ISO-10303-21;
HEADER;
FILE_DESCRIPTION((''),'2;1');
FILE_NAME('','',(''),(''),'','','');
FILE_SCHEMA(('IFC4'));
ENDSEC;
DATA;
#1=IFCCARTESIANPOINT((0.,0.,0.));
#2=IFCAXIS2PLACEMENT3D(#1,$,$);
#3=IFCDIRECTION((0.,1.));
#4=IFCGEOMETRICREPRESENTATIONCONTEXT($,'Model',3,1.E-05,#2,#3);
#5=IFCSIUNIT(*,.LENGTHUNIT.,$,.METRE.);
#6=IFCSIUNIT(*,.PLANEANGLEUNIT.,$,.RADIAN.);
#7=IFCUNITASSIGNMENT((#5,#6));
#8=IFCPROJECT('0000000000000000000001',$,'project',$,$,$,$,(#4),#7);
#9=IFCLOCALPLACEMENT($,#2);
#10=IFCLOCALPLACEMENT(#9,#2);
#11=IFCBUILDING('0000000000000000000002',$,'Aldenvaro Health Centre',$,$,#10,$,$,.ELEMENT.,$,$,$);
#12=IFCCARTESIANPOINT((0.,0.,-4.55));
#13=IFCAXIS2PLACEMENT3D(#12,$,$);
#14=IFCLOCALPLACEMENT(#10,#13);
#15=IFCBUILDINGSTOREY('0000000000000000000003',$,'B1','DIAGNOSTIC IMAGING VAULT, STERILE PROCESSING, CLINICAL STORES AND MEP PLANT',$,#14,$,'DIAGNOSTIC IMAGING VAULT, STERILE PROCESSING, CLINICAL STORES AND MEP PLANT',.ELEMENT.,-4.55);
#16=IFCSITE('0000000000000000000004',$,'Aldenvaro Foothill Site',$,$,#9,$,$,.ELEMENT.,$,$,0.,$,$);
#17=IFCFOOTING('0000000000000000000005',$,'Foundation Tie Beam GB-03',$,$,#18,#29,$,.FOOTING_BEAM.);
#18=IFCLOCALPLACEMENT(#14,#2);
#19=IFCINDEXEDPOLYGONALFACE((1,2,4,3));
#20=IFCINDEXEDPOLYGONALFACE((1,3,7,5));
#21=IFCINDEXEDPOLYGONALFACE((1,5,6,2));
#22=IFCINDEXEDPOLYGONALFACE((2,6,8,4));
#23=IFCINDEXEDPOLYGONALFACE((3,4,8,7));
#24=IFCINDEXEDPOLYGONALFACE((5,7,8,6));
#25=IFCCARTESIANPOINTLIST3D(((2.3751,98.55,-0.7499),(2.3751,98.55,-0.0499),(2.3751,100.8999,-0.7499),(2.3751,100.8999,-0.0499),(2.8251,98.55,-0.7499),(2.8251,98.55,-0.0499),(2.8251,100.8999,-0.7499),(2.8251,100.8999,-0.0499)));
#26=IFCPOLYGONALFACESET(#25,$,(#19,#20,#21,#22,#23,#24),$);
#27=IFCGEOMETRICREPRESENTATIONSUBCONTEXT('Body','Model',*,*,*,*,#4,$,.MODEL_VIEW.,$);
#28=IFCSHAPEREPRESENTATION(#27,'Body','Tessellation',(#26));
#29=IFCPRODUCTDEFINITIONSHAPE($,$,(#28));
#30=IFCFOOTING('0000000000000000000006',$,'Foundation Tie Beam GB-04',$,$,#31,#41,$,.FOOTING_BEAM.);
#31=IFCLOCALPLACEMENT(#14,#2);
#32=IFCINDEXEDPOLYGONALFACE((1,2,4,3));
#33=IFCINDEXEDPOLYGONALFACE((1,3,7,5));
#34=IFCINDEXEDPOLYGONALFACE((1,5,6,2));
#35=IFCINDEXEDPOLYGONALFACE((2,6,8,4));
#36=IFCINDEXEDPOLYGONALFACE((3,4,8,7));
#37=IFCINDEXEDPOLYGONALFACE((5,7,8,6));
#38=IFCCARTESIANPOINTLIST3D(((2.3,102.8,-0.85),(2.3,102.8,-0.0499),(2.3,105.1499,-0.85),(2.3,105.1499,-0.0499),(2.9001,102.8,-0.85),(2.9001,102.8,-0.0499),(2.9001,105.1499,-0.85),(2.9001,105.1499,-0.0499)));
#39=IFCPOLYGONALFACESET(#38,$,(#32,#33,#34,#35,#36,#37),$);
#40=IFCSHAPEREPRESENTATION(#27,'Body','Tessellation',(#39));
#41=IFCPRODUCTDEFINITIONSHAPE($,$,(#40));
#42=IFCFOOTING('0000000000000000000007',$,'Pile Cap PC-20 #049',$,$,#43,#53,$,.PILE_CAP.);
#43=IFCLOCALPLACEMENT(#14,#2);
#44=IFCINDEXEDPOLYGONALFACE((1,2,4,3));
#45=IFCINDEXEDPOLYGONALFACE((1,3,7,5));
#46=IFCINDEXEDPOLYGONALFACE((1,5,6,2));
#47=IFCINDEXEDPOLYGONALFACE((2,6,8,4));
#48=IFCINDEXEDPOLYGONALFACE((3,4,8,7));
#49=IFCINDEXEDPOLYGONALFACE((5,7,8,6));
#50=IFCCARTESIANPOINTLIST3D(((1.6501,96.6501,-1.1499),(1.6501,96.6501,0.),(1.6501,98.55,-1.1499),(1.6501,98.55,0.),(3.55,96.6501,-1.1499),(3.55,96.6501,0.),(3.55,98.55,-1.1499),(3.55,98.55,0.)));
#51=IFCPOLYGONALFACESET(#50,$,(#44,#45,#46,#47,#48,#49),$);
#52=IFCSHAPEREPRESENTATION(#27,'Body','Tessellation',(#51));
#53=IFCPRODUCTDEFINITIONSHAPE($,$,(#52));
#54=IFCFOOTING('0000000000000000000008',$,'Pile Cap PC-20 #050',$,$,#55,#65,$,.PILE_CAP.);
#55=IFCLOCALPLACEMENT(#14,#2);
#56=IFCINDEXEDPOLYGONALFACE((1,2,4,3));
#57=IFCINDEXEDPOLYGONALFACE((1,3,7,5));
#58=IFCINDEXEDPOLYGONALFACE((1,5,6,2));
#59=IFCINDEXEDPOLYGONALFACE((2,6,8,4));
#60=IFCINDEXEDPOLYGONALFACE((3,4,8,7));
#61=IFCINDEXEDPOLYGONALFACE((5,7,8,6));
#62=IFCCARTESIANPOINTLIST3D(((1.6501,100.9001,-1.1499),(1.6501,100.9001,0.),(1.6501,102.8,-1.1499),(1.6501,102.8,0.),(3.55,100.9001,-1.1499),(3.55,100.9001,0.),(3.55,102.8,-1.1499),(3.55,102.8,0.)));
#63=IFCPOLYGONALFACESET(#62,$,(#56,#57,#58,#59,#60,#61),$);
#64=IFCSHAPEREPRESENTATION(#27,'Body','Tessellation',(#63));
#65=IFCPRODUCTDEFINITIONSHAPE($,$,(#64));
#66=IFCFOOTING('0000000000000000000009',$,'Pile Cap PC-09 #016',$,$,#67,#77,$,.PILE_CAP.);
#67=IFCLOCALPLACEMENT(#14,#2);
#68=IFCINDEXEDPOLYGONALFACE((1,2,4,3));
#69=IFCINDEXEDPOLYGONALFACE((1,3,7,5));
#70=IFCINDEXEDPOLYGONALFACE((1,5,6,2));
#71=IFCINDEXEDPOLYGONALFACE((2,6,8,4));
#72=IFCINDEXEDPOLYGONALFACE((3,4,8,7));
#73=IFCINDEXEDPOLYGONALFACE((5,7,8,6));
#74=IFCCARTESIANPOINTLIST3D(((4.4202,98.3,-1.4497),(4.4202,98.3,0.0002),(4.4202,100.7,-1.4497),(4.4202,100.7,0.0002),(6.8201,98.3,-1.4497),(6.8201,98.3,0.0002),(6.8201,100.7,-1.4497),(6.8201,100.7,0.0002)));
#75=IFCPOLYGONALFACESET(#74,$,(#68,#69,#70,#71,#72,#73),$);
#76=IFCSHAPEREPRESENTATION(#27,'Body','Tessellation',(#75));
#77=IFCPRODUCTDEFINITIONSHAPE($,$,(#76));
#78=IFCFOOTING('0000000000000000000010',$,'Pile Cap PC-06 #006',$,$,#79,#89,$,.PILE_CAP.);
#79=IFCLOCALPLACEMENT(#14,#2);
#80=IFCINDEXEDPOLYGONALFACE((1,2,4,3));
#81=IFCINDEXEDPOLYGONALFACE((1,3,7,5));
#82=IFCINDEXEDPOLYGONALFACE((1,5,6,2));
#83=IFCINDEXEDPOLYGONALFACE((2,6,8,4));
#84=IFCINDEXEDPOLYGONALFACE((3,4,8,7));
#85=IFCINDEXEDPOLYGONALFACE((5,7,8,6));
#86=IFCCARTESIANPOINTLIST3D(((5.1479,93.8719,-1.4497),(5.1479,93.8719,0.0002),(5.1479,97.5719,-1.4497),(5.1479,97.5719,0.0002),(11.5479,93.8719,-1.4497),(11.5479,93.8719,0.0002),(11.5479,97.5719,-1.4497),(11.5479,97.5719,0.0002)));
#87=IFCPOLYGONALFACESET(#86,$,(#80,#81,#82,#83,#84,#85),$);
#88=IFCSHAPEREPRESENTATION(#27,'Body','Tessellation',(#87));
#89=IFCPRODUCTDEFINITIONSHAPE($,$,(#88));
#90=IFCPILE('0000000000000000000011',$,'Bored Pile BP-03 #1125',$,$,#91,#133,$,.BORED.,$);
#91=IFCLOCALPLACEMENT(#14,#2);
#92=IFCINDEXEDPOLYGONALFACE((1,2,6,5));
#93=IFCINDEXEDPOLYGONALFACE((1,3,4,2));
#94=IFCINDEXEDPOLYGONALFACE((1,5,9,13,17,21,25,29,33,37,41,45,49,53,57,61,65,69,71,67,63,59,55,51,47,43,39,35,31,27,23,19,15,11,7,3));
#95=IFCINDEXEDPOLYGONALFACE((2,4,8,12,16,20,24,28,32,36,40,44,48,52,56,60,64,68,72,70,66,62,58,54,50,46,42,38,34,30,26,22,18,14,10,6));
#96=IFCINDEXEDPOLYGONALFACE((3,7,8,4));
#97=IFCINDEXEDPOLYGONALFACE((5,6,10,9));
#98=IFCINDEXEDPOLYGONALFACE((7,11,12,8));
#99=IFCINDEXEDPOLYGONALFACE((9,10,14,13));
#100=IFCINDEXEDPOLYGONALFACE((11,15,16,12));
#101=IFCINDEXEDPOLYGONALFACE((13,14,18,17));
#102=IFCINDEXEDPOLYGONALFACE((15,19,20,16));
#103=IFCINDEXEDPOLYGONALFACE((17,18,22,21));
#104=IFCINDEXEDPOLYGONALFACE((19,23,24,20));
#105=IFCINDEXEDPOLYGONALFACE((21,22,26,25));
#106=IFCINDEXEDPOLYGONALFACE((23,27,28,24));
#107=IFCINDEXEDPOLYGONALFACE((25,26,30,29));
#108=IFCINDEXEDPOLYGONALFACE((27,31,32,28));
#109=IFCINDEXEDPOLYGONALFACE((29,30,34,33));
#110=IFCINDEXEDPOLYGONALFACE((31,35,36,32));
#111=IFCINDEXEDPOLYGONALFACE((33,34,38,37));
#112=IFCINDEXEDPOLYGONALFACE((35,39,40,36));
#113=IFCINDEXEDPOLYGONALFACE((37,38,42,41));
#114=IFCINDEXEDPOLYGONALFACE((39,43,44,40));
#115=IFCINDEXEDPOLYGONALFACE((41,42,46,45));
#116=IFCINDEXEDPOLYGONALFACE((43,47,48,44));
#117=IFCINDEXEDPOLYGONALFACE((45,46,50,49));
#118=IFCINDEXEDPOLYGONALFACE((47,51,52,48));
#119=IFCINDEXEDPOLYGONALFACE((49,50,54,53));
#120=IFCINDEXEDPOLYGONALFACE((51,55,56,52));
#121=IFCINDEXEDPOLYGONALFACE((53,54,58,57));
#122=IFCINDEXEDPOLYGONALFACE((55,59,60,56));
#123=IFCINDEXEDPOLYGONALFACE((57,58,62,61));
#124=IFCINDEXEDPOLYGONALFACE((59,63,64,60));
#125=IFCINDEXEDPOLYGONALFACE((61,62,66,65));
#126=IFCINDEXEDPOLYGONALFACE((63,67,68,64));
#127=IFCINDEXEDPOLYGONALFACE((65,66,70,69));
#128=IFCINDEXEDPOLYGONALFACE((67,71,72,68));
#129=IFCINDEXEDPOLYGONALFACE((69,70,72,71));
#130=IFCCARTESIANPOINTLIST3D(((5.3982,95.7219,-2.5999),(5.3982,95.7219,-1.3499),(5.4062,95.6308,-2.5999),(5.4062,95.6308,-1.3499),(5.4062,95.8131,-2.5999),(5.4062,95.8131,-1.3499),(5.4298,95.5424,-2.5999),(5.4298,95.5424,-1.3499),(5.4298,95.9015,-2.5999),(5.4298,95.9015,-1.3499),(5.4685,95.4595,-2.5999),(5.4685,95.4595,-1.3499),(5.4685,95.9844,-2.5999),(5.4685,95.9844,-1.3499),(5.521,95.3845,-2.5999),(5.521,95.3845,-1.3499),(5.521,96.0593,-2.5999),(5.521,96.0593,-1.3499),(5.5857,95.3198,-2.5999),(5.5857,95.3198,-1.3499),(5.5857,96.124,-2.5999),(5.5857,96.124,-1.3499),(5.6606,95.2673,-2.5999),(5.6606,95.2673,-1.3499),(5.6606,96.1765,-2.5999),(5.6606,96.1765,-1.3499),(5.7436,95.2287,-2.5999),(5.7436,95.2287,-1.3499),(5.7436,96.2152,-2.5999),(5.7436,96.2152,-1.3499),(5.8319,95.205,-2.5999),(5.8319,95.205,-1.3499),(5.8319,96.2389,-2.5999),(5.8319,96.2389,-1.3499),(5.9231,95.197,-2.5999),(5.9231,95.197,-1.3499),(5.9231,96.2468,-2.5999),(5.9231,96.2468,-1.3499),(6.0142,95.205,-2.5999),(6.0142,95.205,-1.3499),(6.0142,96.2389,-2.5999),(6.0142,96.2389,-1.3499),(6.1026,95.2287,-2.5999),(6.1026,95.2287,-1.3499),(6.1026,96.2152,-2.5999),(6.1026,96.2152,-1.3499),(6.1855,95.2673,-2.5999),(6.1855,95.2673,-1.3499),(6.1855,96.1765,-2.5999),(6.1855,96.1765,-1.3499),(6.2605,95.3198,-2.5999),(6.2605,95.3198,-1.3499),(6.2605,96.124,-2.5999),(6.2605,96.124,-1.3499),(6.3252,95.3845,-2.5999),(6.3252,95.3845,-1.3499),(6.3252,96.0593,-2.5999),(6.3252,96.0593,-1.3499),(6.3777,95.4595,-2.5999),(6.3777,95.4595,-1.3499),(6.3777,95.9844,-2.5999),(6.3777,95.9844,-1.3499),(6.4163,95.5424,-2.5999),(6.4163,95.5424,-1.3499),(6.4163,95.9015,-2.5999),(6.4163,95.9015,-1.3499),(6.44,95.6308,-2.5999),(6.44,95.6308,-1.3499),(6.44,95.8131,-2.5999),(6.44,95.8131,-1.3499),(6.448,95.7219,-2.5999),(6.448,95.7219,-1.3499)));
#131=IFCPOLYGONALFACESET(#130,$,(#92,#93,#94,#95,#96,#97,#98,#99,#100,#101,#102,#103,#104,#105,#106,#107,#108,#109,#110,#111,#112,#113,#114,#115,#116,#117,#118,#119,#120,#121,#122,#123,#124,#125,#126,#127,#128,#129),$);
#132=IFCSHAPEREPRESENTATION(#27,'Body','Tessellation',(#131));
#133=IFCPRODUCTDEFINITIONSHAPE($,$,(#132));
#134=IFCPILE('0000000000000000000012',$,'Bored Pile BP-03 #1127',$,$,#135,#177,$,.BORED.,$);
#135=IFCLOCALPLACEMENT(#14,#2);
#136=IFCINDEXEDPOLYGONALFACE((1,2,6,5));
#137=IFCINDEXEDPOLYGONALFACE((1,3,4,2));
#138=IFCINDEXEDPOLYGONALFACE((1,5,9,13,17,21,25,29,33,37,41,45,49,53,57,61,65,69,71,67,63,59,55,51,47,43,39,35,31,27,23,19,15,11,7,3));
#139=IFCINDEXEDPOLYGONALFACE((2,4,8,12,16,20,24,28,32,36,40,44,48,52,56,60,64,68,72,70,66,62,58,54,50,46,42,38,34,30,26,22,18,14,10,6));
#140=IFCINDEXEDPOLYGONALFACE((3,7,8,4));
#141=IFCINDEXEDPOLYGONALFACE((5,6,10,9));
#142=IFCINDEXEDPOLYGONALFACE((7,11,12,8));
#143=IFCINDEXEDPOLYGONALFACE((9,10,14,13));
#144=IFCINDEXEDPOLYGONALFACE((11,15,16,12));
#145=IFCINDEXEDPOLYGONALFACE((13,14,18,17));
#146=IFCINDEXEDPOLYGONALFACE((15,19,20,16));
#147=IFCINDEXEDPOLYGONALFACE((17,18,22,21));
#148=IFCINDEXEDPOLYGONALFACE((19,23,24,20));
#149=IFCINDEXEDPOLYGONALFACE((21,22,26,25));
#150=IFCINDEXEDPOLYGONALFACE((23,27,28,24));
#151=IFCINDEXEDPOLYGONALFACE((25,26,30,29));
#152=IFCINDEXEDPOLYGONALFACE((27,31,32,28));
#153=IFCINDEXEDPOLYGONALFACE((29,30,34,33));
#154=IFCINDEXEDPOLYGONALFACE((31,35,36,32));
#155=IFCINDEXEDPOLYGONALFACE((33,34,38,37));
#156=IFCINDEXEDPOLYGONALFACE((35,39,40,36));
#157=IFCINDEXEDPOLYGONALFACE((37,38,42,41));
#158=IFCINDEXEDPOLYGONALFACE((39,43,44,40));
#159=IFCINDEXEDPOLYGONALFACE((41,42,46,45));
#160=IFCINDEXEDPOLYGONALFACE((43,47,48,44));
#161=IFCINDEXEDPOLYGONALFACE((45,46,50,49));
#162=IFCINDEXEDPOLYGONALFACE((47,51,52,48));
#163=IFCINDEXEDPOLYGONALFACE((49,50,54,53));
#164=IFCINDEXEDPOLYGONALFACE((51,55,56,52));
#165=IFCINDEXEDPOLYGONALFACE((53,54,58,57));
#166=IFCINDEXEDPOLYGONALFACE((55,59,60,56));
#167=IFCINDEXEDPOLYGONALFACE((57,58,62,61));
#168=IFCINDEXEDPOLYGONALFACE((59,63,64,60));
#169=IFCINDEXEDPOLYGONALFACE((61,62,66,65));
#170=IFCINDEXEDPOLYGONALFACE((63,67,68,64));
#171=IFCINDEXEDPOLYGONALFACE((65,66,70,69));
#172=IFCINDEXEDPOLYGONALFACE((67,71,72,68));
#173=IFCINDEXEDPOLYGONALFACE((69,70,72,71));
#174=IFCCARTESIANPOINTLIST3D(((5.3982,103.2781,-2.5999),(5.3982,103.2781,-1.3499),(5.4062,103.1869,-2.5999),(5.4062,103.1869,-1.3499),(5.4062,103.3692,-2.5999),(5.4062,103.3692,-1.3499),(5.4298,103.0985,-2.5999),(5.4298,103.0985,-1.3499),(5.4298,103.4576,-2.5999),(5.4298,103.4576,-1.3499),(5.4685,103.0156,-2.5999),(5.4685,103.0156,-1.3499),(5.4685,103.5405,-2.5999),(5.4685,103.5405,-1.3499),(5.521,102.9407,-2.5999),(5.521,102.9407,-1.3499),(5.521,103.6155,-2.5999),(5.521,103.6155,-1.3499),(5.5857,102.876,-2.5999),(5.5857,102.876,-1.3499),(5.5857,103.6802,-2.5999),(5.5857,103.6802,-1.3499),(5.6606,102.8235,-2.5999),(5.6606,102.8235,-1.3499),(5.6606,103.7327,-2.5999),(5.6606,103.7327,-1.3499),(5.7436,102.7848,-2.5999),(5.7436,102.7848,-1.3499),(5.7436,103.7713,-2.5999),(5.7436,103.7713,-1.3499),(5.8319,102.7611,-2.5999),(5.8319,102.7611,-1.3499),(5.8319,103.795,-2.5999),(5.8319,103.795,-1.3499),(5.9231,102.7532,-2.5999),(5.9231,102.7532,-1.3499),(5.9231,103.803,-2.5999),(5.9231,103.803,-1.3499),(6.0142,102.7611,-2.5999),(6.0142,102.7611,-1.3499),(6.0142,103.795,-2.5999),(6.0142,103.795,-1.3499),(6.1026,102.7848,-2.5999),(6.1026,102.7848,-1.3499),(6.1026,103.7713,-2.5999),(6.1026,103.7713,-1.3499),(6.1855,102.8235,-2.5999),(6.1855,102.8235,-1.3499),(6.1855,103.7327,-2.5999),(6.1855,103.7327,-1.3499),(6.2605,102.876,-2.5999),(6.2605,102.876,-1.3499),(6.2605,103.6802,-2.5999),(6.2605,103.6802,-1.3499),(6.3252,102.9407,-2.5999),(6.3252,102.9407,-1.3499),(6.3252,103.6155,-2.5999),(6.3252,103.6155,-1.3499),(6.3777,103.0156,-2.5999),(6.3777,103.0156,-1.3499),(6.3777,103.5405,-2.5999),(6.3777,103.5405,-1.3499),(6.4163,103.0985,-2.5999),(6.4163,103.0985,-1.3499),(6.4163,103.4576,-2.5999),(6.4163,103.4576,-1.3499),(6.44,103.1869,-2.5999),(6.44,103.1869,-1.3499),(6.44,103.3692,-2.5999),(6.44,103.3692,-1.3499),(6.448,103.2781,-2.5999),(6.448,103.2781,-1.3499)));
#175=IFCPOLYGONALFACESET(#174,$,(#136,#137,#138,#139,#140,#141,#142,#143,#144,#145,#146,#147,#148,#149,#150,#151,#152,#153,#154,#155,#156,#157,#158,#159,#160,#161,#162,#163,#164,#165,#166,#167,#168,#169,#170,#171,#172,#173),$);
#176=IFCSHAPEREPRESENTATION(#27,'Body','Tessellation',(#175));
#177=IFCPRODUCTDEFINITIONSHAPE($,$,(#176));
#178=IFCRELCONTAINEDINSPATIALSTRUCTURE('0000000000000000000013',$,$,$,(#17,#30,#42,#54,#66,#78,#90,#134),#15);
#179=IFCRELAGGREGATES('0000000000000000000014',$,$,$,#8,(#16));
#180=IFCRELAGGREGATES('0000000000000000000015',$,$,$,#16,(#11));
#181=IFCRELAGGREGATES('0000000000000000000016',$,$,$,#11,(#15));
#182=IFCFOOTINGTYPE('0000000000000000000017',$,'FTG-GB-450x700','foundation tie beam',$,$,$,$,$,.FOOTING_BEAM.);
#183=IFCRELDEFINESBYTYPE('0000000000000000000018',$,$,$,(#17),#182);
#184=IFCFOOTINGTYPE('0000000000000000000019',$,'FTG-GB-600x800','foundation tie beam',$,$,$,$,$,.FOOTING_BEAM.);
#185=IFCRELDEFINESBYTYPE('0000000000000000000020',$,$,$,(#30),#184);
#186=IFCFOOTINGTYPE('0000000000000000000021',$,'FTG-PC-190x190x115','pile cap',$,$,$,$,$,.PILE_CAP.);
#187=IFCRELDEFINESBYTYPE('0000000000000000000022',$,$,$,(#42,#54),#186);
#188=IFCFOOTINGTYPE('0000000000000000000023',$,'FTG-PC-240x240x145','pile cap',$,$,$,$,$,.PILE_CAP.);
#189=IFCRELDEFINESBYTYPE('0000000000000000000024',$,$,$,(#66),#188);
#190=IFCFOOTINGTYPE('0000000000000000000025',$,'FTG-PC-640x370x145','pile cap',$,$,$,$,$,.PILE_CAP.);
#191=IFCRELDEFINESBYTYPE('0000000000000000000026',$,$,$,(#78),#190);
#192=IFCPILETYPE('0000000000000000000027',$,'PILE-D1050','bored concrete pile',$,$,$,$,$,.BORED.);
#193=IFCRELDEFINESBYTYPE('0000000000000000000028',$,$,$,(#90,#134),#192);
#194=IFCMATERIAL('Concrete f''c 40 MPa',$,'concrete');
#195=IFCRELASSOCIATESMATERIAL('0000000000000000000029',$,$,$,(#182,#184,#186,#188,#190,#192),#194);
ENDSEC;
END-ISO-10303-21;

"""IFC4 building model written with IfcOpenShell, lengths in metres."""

from ifc_helpers import new_model, si_unit, direction, frame, origin, origin_2d, place, context, subcontext, project, spatial, rectangle, circle, extrude, material, material_profile, profile_set, type_object, element, save


model = new_model("IFC4")

# Units and contexts
model_context = context("Model", 3, precision=1e-05, world=origin(), true_north=direction((0.0, 1.0)))
body_context = subcontext(model_context, "Body", "Model", "MODEL_VIEW")
ifc_project = project(units=[si_unit("LENGTHUNIT", "METRE"), si_unit("PLANEANGLEUNIT", "RADIAN")], contexts=[model_context])

# Site, building, storey
site_placement = place(None, origin())
site = spatial("IfcSite", under=ifc_project, at=site_placement, Name="Aldenvaro Foothill Site", CompositionType="ELEMENT", RefElevation=0.0)
building_placement = place(site_placement, origin())
building = spatial("IfcBuilding", under=site, at=building_placement, Name="Aldenvaro Health Centre", CompositionType="ELEMENT")
storey_placement = place(building_placement, frame((0.0, 0.0, -4.55)))
storey = spatial("IfcBuildingStorey", under=building, at=storey_placement, Name="B1", Description="DIAGNOSTIC IMAGING VAULT, STERILE PROCESSING, CLINICAL STORES AND MEP PLANT", LongName="DIAGNOSTIC IMAGING VAULT, STERILE PROCESSING, CLINICAL STORES AND MEP PLANT", CompositionType="ELEMENT", Elevation=-4.55)

# Footings
ifc_material_1 = material(Name="Concrete f'c 40 MPa", Category="concrete")
ifc_material_profile_1 = material_profile(ifc_material_1, rectangle(XDim=0.45, YDim=0.7, at=origin_2d()), Name="GB 450x700", Category="concrete")
ifc_profile_set_1 = profile_set([ifc_material_profile_1], Name="Concrete f'c 40 MPa")
footing_type_1 = type_object("IfcFootingType", Name="FTG-GB-450x700", Description="foundation tie beam", PredefinedType="FOOTING_BEAM", material=ifc_profile_set_1)
footing_1_placement = place(storey_placement, frame((2.6001, 98.55, -0.3999), z_axis=(0.0, 1.0, 0.0), x_axis=(-1.0, 0.0, 0.0)))
element("IfcFooting", 1, at=footing_1_placement, inside=storey, type_object=footing_type_1, Name="Foundation Tie Beam GB-03", PredefinedType="FOOTING_BEAM", context=body_context, shape_type="SweptSolid", body=[
    extrude(rectangle(XDim=0.45, YDim=0.7, at=origin_2d()), origin(), (0.0, 0.0, 1.0), 2.3499),
])
ifc_material_profile_2 = material_profile(ifc_material_1, rectangle(XDim=0.6001, YDim=0.8, at=origin_2d()), Name="GB 600x800", Category="concrete")
ifc_profile_set_2 = profile_set([ifc_material_profile_2], Name="Concrete f'c 40 MPa")
footing_type_2 = type_object("IfcFootingType", Name="FTG-GB-600x800", Description="foundation tie beam", PredefinedType="FOOTING_BEAM", material=ifc_profile_set_2)
footing_2_placement = place(storey_placement, frame((2.6001, 102.8, -0.45), z_axis=(0.0, 1.0, 0.0), x_axis=(-1.0, 0.0, 0.0)))
element("IfcFooting", 2, at=footing_2_placement, inside=storey, type_object=footing_type_2, Name="Foundation Tie Beam GB-04", PredefinedType="FOOTING_BEAM", context=body_context, shape_type="SweptSolid", body=[
    extrude(rectangle(XDim=0.6001, YDim=0.8, at=origin_2d()), origin(), (0.0, 0.0, 1.0), 2.3499),
])
footing_type_3 = type_object("IfcFootingType", Name="FTG-PC-190x190x115", Description="pile cap", PredefinedType="PILE_CAP", material=ifc_material_1)
for number, where, z_axis, x_axis, name in (
    (3, (2.6001, 97.6001, -1.1499), (0.0, 0.0, 1.0), (1.0, 0.0, 0.0), "Pile Cap PC-20 #049"),
    (4, (2.6001, 101.8501, -1.1499), (0.0, 0.0, 1.0), (1.0, 0.0, 0.0), "Pile Cap PC-20 #050"),
):
    element("IfcFooting", number, at=place(storey_placement, frame(where, z_axis=z_axis, x_axis=x_axis)), inside=storey, type_object=footing_type_3, Name=name, PredefinedType="PILE_CAP", context=body_context, shape_type="SweptSolid", body=[
        extrude(rectangle(XDim=1.8999, YDim=1.8999, at=origin_2d()), origin(), (0.0, 0.0, 1.0), 1.1499),
    ])
footing_type_4 = type_object("IfcFootingType", Name="FTG-PC-240x240x145", Description="pile cap", PredefinedType="PILE_CAP", material=ifc_material_1)
footing_3_placement = place(storey_placement, frame((5.6201, 99.5, -1.4497), z_axis=(0.0, 0.0, 1.0), x_axis=(1.0, 0.0, 0.0)))
element("IfcFooting", 5, at=footing_3_placement, inside=storey, type_object=footing_type_4, Name="Pile Cap PC-09 #016", PredefinedType="PILE_CAP", context=body_context, shape_type="SweptSolid", body=[
    extrude(rectangle(XDim=2.3999, YDim=2.3999, at=origin_2d()), origin(), (0.0, 0.0, 1.0), 1.45),
])
footing_type_5 = type_object("IfcFootingType", Name="FTG-PC-640x370x145", Description="pile cap", PredefinedType="PILE_CAP", material=ifc_material_1)
footing_4_placement = place(storey_placement, frame((8.3479, 95.7219, -1.4497), z_axis=(0.0, 0.0, 1.0), x_axis=(1.0, 0.0, 0.0)))
element("IfcFooting", 6, at=footing_4_placement, inside=storey, type_object=footing_type_5, Name="Pile Cap PC-06 #006", PredefinedType="PILE_CAP", context=body_context, shape_type="SweptSolid", body=[
    extrude(rectangle(XDim=6.3999, YDim=3.7, at=origin_2d()), origin(), (0.0, 0.0, 1.0), 1.45),
])

# Piles
ifc_material_profile_3 = material_profile(ifc_material_1, circle(Radius=0.5249, at=origin_2d()), Name="PILE D1050", Category="concrete")
ifc_profile_set_3 = profile_set([ifc_material_profile_3], Name="Concrete f'c 40 MPa")
pile_type_1 = type_object("IfcPileType", Name="PILE-D1050", Description="bored concrete pile", PredefinedType="BORED", material=ifc_profile_set_3)
for number, where, z_axis, x_axis, name in (
    (7, (5.9231, 95.7219, -1.3499), (0.0, 0.0, -1.0), (1.0, 0.0, 0.0), "Bored Pile BP-03 #1125"),
    (8, (5.9231, 103.2781, -1.3499), (0.0, 0.0, -1.0), (1.0, 0.0, 0.0), "Bored Pile BP-03 #1127"),
):
    element("IfcPile", number, at=place(storey_placement, frame(where, z_axis=z_axis, x_axis=x_axis)), inside=storey, type_object=pile_type_1, Name=name, PredefinedType="BORED", context=body_context, shape_type="SweptSolid", body=[
        extrude(circle(Radius=0.5249, at=origin_2d()), origin(), (0.0, 0.0, 1.0), 1.25),
    ])

save(model, "model.ifc")
